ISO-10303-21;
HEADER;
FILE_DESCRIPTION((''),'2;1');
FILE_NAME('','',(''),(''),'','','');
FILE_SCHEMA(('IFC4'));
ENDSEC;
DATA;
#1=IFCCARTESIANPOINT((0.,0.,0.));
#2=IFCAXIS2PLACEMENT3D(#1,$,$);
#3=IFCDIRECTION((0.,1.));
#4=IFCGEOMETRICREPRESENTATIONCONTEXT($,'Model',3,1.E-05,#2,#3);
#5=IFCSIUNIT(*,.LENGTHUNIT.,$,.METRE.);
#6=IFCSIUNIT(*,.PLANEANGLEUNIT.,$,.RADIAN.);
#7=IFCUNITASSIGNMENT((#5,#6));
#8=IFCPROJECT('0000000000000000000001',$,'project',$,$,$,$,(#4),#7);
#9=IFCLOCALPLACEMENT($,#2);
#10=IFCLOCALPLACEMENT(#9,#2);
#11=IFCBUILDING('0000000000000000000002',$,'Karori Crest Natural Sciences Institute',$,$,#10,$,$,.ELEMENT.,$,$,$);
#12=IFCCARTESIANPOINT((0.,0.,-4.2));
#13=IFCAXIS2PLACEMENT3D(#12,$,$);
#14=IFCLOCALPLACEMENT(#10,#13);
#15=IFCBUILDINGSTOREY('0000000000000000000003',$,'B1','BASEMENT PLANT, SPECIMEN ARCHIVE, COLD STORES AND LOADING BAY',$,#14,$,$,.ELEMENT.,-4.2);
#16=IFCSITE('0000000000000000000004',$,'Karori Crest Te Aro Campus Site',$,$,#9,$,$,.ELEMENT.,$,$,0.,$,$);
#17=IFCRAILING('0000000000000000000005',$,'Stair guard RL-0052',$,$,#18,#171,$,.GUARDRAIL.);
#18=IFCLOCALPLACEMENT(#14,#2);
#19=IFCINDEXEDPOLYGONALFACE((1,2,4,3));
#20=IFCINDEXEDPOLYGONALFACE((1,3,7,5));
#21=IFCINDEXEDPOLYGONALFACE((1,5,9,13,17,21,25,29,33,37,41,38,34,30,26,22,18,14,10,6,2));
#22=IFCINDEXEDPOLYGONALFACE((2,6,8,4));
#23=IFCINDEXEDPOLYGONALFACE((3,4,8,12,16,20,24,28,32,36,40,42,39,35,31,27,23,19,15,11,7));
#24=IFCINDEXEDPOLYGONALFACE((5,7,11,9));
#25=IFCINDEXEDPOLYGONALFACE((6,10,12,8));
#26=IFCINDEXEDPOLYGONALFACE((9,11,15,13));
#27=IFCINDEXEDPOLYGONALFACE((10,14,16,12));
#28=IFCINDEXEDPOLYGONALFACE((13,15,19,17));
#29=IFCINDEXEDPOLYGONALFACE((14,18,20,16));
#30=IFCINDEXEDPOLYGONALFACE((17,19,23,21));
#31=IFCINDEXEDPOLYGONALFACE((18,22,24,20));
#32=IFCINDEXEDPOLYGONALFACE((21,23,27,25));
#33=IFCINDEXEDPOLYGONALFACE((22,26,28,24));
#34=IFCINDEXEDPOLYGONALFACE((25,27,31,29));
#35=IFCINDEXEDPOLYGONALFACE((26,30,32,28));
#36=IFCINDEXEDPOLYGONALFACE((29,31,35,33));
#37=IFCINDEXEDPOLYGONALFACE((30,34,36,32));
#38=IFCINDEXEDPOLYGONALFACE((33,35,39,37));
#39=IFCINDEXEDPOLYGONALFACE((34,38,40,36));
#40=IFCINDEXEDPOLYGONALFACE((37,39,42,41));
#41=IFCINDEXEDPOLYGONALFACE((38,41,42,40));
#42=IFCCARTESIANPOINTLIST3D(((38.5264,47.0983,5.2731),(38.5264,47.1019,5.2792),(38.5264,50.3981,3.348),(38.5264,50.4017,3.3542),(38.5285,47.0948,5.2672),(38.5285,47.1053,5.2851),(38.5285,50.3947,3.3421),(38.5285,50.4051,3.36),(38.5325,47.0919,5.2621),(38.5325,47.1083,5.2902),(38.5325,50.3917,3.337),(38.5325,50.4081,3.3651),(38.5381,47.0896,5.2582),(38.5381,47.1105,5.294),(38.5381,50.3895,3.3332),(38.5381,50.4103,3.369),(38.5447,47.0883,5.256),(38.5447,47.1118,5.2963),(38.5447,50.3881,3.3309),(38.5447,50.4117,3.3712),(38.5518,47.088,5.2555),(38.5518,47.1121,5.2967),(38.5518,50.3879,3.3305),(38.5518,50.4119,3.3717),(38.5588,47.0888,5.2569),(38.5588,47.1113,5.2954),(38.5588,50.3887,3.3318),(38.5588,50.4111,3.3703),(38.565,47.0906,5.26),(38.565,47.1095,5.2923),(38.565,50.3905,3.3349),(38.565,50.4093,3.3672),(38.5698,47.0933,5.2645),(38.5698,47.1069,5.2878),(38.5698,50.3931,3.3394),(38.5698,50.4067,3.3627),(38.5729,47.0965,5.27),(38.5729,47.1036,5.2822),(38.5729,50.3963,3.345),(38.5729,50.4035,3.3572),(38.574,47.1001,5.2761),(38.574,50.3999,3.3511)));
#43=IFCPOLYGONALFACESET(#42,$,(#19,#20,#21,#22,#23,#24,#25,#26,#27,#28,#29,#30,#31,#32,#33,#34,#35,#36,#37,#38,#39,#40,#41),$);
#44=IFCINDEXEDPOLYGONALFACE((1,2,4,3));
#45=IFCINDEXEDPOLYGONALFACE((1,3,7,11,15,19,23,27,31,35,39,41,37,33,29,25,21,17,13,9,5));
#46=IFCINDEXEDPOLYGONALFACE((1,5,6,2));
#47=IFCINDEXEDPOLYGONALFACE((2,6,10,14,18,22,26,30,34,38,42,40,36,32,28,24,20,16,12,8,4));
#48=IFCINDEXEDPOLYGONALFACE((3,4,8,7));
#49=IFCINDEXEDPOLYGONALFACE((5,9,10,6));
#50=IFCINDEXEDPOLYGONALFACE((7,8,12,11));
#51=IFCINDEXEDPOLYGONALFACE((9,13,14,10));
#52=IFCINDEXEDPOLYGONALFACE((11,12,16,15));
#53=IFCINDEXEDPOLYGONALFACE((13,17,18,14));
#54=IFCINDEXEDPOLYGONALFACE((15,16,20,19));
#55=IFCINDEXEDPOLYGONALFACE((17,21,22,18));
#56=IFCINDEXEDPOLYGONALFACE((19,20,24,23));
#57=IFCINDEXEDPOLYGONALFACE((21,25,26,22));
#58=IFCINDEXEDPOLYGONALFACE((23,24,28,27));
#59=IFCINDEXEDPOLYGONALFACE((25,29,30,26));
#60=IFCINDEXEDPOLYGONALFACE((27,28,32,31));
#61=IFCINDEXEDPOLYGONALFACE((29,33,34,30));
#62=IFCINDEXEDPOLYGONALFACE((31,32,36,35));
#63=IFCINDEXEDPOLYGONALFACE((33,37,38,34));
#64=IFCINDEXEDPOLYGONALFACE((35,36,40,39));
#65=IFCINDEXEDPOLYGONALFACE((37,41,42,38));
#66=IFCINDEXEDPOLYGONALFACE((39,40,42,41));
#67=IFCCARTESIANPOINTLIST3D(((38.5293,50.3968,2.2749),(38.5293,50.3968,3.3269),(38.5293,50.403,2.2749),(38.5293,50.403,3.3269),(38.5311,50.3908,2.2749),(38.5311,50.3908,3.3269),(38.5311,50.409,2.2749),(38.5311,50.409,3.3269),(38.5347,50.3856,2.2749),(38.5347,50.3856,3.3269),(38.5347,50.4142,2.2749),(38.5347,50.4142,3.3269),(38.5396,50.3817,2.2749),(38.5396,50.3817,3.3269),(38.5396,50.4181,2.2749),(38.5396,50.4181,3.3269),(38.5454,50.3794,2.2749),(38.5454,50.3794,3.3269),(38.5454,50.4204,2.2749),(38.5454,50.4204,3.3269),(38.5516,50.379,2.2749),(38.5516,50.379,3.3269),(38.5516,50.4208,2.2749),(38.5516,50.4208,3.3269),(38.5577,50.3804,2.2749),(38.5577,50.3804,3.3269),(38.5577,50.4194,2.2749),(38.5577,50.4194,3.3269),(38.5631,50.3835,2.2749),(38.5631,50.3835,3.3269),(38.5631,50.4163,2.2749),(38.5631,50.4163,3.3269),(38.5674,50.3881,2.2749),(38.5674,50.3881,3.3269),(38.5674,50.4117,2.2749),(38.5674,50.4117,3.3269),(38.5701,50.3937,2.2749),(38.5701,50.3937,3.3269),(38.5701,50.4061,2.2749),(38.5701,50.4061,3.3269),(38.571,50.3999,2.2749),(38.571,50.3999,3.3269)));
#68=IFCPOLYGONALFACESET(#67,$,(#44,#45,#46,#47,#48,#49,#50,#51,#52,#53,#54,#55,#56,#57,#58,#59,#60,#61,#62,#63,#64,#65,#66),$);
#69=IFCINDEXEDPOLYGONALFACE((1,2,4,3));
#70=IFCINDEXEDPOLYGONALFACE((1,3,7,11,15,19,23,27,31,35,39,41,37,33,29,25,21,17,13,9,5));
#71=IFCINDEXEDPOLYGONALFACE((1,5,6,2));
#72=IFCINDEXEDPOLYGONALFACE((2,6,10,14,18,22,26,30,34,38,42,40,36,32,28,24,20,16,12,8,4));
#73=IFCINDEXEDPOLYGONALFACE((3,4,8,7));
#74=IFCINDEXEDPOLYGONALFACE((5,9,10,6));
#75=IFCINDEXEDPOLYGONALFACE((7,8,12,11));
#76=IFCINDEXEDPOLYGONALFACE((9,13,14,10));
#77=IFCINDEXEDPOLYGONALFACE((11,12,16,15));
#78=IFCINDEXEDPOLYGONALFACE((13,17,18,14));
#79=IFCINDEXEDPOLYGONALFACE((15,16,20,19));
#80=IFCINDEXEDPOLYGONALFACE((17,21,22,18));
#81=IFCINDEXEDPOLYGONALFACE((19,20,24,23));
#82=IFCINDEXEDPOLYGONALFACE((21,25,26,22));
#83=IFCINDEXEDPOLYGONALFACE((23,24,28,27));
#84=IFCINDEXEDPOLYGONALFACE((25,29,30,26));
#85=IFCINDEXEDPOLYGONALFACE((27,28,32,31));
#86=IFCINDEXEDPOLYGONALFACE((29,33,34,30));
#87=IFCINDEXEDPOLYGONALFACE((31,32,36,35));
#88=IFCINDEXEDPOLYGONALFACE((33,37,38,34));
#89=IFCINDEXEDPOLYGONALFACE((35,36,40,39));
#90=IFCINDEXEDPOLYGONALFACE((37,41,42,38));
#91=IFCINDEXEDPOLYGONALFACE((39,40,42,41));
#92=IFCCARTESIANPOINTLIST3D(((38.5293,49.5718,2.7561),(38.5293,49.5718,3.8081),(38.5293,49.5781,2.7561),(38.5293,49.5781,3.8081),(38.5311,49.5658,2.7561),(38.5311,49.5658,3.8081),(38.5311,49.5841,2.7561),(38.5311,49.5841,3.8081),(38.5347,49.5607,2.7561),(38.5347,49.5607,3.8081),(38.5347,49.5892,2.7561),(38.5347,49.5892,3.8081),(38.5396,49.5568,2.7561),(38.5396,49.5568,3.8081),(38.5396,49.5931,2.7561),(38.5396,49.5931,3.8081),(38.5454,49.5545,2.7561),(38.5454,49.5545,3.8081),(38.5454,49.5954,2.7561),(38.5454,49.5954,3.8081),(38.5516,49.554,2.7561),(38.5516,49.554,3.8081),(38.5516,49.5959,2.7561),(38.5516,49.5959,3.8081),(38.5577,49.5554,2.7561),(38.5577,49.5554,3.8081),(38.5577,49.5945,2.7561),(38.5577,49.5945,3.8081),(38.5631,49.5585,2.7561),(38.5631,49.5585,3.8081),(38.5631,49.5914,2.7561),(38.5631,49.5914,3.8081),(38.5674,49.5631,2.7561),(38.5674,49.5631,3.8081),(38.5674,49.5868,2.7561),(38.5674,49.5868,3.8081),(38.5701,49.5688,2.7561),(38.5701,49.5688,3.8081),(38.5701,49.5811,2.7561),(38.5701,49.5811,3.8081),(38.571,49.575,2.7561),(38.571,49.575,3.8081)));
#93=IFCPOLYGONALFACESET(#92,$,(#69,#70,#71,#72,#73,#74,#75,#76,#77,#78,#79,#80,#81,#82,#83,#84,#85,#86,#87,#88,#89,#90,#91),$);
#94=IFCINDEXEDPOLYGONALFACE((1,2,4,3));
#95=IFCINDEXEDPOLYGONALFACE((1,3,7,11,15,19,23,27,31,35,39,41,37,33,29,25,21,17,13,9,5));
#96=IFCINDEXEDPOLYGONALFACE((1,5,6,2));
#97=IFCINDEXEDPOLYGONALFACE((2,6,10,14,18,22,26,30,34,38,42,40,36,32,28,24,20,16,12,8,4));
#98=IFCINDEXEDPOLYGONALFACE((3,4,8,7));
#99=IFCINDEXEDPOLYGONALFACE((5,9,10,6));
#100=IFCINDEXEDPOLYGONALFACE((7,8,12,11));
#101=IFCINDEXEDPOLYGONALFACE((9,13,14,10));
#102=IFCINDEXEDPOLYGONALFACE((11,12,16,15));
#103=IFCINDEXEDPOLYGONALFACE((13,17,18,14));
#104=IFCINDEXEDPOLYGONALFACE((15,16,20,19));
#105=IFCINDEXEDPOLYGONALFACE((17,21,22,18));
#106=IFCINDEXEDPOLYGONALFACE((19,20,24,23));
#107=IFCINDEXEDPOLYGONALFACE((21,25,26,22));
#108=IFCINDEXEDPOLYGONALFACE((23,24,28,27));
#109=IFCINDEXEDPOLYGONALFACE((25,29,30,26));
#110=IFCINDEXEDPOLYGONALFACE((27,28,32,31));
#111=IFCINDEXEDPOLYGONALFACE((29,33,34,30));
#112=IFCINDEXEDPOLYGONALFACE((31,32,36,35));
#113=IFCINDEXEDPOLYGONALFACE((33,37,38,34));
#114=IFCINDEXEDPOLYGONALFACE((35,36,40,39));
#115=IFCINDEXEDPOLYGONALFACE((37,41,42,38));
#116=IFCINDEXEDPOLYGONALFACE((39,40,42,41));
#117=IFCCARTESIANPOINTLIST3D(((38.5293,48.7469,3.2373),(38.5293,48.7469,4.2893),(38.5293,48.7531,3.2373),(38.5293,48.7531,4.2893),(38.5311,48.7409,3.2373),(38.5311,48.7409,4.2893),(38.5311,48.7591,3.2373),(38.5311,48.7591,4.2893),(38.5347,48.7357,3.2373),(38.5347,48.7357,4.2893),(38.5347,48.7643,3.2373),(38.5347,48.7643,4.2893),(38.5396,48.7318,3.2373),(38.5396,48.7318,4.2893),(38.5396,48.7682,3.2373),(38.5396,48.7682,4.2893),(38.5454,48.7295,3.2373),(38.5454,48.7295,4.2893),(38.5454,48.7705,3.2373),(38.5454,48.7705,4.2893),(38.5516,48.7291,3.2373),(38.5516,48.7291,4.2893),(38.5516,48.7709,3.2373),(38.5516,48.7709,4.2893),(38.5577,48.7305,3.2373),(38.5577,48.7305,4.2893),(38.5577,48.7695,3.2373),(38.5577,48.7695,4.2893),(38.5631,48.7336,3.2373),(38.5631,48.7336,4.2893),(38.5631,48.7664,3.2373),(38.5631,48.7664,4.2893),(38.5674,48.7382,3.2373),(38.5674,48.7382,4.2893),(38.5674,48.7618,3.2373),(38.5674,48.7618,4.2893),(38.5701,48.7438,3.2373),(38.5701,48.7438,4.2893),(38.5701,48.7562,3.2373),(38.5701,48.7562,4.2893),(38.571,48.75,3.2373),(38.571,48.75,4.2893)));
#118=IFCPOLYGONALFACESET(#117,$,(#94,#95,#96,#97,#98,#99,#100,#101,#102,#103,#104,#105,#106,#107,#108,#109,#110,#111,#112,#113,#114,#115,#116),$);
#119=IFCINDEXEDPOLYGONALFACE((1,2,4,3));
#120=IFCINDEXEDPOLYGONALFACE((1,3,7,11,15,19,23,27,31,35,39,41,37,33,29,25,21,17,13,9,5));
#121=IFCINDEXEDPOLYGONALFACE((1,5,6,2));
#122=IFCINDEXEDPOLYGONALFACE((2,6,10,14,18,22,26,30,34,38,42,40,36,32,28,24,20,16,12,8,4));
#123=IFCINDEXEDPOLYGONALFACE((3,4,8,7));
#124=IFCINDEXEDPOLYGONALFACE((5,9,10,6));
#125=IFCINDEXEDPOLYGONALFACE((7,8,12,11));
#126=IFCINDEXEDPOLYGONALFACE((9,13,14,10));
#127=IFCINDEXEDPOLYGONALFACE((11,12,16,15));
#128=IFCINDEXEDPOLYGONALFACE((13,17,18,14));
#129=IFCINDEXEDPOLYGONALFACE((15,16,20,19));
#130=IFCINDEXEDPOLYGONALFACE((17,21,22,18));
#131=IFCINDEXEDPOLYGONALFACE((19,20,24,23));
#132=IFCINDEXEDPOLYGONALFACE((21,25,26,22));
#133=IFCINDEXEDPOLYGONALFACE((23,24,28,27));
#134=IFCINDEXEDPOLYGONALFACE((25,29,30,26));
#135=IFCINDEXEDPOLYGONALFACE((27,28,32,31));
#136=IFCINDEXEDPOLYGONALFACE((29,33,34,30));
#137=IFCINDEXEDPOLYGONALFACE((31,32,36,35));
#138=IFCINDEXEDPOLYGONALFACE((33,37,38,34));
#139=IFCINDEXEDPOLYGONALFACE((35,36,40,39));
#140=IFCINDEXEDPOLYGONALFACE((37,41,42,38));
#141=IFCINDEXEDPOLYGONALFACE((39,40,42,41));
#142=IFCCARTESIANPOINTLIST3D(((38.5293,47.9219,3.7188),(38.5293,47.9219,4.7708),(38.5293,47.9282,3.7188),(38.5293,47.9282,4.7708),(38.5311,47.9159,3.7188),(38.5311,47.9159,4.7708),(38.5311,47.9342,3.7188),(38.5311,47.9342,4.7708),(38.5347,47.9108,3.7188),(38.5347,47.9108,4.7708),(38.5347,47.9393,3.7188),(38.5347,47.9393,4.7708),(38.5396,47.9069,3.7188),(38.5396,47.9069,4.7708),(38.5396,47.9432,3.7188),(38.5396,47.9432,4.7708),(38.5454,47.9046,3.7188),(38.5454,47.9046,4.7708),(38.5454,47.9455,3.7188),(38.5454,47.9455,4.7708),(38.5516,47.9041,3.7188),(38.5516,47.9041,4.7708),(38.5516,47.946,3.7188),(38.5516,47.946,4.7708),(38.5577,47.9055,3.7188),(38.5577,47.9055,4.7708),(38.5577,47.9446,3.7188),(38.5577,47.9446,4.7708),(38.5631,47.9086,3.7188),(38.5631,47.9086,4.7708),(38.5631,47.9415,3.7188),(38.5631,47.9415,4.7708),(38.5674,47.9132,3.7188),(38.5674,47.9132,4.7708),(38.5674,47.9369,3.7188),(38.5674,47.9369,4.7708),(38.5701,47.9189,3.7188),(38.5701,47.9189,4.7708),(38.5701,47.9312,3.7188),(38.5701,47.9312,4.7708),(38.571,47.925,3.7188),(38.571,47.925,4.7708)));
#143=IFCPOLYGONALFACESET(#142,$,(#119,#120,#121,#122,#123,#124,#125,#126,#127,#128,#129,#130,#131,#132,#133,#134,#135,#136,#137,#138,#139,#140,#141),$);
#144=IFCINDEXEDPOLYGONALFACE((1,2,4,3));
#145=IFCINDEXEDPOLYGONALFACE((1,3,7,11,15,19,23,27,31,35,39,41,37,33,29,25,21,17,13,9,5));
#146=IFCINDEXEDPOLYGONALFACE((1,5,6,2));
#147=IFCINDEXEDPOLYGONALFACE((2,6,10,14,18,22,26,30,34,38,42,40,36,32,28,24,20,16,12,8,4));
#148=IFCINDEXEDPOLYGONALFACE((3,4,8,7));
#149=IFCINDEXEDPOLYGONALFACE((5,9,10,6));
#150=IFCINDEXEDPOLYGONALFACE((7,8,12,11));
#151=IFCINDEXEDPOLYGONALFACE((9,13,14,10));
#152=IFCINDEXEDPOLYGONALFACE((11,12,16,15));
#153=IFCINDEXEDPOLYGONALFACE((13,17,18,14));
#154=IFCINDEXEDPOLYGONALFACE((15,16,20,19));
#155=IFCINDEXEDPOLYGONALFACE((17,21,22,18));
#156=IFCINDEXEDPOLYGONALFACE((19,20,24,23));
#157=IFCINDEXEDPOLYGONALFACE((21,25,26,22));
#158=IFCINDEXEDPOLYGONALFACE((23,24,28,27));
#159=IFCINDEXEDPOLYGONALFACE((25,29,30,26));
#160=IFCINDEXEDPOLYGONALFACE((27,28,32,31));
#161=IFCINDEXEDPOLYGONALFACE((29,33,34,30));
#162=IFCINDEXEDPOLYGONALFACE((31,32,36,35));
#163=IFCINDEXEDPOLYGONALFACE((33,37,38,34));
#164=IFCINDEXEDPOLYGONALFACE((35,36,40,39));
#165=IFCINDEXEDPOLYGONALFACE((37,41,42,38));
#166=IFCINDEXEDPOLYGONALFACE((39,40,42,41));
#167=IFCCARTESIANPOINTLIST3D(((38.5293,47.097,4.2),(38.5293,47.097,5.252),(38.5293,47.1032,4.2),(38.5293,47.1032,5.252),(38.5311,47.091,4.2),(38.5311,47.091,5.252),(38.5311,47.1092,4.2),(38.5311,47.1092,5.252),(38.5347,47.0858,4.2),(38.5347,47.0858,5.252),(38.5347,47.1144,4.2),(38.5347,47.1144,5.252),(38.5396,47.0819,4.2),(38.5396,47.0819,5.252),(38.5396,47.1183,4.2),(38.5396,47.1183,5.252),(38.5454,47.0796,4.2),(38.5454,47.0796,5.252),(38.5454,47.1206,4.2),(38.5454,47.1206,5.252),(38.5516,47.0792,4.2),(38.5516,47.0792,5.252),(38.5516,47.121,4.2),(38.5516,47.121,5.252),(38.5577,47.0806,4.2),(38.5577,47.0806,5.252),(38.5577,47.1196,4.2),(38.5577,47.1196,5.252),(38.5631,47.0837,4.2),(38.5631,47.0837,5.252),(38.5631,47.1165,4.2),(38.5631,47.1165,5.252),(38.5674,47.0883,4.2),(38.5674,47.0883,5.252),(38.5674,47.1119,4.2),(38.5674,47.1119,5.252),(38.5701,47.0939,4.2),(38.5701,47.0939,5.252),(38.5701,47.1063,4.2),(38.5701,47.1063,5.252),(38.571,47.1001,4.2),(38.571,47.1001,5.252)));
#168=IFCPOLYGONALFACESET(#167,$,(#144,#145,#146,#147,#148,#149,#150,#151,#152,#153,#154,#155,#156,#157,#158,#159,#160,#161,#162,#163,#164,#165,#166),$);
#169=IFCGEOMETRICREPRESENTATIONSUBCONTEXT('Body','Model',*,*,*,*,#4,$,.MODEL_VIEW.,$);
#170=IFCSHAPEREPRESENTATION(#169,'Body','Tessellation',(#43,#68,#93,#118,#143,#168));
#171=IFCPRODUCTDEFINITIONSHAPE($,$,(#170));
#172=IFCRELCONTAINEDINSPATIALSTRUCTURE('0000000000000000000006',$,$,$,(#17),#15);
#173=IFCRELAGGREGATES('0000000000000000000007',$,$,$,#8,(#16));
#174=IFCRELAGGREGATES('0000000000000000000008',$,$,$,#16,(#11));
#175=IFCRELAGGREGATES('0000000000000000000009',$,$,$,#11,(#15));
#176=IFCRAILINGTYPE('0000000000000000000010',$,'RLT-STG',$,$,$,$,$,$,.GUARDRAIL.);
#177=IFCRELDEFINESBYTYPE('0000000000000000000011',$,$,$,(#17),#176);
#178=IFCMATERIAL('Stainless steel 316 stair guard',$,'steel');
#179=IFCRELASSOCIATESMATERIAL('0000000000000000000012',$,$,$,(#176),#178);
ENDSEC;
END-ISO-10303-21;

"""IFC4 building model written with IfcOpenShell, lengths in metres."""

from ifc_helpers import new_model, si_unit, direction, frame, origin, origin_2d, place, context, subcontext, project, spatial, circle, extrude, material, type_object, element, save


model = new_model("IFC4")

# Units and contexts
model_context = context("Model", 3, precision=1e-05, world=origin(), true_north=direction((0.0, 1.0)))
body_context = subcontext(model_context, "Body", "Model", "MODEL_VIEW")
ifc_project = project(units=[si_unit("LENGTHUNIT", "METRE"), si_unit("PLANEANGLEUNIT", "RADIAN")], contexts=[model_context])

# Site, building, storey
site_placement = place(None, origin())
site = spatial("IfcSite", under=ifc_project, at=site_placement, Name="Karori Crest Te Aro Campus Site", CompositionType="ELEMENT", RefElevation=0.0)
building_placement = place(site_placement, origin())
building = spatial("IfcBuilding", under=site, at=building_placement, Name="Karori Crest Natural Sciences Institute", CompositionType="ELEMENT")
storey_placement = place(building_placement, frame((0.0, 0.0, -4.2)))
storey = spatial("IfcBuildingStorey", under=building, at=storey_placement, Name="B1", Description="BASEMENT PLANT, SPECIMEN ARCHIVE, COLD STORES AND LOADING BAY", CompositionType="ELEMENT", Elevation=-4.2)

# Railing
ifc_material_1 = material(Name="Stainless steel 316 stair guard", Category="steel")
railing_type_1 = type_object("IfcRailingType", Name="RLT-STG", PredefinedType="GUARDRAIL", material=ifc_material_1)
railing_1_placement = place(storey_placement, frame((38.55, 50.3999, 2.2749)))
element("IfcRailing", 1, at=railing_1_placement, inside=storey, type_object=railing_type_1, Name="Stair guard RL-0052", PredefinedType="GUARDRAIL", context=body_context, shape_type="SweptSolid", body=[
    extrude(circle(Radius=0.0239, at=origin_2d()), frame((0.0, 0.0, 1.0762), z_axis=(0.0, -0.86376, 0.503903), x_axis=(1.0, 0.0, 0.0)), (0.0, 0.0, 1.0), 3.8203),
    extrude(circle(Radius=0.021, at=origin_2d()), origin(), (0.0, 0.0, 1.0), 1.052),
    extrude(circle(Radius=0.021, at=origin_2d()), frame((0.0, -0.825, 0.4812)), (0.0, 0.0, 1.0), 1.052),
    extrude(circle(Radius=0.021, at=origin_2d()), frame((0.0, -1.6499, 0.9624)), (0.0, 0.0, 1.0), 1.052),
    extrude(circle(Radius=0.021, at=origin_2d()), frame((0.0, -2.4749, 1.4438)), (0.0, 0.0, 1.0), 1.052),
    extrude(circle(Radius=0.021, at=origin_2d()), frame((0.0, -3.2998, 1.925)), (0.0, 0.0, 1.0), 1.052),
])

save(model, "model.ifc")
